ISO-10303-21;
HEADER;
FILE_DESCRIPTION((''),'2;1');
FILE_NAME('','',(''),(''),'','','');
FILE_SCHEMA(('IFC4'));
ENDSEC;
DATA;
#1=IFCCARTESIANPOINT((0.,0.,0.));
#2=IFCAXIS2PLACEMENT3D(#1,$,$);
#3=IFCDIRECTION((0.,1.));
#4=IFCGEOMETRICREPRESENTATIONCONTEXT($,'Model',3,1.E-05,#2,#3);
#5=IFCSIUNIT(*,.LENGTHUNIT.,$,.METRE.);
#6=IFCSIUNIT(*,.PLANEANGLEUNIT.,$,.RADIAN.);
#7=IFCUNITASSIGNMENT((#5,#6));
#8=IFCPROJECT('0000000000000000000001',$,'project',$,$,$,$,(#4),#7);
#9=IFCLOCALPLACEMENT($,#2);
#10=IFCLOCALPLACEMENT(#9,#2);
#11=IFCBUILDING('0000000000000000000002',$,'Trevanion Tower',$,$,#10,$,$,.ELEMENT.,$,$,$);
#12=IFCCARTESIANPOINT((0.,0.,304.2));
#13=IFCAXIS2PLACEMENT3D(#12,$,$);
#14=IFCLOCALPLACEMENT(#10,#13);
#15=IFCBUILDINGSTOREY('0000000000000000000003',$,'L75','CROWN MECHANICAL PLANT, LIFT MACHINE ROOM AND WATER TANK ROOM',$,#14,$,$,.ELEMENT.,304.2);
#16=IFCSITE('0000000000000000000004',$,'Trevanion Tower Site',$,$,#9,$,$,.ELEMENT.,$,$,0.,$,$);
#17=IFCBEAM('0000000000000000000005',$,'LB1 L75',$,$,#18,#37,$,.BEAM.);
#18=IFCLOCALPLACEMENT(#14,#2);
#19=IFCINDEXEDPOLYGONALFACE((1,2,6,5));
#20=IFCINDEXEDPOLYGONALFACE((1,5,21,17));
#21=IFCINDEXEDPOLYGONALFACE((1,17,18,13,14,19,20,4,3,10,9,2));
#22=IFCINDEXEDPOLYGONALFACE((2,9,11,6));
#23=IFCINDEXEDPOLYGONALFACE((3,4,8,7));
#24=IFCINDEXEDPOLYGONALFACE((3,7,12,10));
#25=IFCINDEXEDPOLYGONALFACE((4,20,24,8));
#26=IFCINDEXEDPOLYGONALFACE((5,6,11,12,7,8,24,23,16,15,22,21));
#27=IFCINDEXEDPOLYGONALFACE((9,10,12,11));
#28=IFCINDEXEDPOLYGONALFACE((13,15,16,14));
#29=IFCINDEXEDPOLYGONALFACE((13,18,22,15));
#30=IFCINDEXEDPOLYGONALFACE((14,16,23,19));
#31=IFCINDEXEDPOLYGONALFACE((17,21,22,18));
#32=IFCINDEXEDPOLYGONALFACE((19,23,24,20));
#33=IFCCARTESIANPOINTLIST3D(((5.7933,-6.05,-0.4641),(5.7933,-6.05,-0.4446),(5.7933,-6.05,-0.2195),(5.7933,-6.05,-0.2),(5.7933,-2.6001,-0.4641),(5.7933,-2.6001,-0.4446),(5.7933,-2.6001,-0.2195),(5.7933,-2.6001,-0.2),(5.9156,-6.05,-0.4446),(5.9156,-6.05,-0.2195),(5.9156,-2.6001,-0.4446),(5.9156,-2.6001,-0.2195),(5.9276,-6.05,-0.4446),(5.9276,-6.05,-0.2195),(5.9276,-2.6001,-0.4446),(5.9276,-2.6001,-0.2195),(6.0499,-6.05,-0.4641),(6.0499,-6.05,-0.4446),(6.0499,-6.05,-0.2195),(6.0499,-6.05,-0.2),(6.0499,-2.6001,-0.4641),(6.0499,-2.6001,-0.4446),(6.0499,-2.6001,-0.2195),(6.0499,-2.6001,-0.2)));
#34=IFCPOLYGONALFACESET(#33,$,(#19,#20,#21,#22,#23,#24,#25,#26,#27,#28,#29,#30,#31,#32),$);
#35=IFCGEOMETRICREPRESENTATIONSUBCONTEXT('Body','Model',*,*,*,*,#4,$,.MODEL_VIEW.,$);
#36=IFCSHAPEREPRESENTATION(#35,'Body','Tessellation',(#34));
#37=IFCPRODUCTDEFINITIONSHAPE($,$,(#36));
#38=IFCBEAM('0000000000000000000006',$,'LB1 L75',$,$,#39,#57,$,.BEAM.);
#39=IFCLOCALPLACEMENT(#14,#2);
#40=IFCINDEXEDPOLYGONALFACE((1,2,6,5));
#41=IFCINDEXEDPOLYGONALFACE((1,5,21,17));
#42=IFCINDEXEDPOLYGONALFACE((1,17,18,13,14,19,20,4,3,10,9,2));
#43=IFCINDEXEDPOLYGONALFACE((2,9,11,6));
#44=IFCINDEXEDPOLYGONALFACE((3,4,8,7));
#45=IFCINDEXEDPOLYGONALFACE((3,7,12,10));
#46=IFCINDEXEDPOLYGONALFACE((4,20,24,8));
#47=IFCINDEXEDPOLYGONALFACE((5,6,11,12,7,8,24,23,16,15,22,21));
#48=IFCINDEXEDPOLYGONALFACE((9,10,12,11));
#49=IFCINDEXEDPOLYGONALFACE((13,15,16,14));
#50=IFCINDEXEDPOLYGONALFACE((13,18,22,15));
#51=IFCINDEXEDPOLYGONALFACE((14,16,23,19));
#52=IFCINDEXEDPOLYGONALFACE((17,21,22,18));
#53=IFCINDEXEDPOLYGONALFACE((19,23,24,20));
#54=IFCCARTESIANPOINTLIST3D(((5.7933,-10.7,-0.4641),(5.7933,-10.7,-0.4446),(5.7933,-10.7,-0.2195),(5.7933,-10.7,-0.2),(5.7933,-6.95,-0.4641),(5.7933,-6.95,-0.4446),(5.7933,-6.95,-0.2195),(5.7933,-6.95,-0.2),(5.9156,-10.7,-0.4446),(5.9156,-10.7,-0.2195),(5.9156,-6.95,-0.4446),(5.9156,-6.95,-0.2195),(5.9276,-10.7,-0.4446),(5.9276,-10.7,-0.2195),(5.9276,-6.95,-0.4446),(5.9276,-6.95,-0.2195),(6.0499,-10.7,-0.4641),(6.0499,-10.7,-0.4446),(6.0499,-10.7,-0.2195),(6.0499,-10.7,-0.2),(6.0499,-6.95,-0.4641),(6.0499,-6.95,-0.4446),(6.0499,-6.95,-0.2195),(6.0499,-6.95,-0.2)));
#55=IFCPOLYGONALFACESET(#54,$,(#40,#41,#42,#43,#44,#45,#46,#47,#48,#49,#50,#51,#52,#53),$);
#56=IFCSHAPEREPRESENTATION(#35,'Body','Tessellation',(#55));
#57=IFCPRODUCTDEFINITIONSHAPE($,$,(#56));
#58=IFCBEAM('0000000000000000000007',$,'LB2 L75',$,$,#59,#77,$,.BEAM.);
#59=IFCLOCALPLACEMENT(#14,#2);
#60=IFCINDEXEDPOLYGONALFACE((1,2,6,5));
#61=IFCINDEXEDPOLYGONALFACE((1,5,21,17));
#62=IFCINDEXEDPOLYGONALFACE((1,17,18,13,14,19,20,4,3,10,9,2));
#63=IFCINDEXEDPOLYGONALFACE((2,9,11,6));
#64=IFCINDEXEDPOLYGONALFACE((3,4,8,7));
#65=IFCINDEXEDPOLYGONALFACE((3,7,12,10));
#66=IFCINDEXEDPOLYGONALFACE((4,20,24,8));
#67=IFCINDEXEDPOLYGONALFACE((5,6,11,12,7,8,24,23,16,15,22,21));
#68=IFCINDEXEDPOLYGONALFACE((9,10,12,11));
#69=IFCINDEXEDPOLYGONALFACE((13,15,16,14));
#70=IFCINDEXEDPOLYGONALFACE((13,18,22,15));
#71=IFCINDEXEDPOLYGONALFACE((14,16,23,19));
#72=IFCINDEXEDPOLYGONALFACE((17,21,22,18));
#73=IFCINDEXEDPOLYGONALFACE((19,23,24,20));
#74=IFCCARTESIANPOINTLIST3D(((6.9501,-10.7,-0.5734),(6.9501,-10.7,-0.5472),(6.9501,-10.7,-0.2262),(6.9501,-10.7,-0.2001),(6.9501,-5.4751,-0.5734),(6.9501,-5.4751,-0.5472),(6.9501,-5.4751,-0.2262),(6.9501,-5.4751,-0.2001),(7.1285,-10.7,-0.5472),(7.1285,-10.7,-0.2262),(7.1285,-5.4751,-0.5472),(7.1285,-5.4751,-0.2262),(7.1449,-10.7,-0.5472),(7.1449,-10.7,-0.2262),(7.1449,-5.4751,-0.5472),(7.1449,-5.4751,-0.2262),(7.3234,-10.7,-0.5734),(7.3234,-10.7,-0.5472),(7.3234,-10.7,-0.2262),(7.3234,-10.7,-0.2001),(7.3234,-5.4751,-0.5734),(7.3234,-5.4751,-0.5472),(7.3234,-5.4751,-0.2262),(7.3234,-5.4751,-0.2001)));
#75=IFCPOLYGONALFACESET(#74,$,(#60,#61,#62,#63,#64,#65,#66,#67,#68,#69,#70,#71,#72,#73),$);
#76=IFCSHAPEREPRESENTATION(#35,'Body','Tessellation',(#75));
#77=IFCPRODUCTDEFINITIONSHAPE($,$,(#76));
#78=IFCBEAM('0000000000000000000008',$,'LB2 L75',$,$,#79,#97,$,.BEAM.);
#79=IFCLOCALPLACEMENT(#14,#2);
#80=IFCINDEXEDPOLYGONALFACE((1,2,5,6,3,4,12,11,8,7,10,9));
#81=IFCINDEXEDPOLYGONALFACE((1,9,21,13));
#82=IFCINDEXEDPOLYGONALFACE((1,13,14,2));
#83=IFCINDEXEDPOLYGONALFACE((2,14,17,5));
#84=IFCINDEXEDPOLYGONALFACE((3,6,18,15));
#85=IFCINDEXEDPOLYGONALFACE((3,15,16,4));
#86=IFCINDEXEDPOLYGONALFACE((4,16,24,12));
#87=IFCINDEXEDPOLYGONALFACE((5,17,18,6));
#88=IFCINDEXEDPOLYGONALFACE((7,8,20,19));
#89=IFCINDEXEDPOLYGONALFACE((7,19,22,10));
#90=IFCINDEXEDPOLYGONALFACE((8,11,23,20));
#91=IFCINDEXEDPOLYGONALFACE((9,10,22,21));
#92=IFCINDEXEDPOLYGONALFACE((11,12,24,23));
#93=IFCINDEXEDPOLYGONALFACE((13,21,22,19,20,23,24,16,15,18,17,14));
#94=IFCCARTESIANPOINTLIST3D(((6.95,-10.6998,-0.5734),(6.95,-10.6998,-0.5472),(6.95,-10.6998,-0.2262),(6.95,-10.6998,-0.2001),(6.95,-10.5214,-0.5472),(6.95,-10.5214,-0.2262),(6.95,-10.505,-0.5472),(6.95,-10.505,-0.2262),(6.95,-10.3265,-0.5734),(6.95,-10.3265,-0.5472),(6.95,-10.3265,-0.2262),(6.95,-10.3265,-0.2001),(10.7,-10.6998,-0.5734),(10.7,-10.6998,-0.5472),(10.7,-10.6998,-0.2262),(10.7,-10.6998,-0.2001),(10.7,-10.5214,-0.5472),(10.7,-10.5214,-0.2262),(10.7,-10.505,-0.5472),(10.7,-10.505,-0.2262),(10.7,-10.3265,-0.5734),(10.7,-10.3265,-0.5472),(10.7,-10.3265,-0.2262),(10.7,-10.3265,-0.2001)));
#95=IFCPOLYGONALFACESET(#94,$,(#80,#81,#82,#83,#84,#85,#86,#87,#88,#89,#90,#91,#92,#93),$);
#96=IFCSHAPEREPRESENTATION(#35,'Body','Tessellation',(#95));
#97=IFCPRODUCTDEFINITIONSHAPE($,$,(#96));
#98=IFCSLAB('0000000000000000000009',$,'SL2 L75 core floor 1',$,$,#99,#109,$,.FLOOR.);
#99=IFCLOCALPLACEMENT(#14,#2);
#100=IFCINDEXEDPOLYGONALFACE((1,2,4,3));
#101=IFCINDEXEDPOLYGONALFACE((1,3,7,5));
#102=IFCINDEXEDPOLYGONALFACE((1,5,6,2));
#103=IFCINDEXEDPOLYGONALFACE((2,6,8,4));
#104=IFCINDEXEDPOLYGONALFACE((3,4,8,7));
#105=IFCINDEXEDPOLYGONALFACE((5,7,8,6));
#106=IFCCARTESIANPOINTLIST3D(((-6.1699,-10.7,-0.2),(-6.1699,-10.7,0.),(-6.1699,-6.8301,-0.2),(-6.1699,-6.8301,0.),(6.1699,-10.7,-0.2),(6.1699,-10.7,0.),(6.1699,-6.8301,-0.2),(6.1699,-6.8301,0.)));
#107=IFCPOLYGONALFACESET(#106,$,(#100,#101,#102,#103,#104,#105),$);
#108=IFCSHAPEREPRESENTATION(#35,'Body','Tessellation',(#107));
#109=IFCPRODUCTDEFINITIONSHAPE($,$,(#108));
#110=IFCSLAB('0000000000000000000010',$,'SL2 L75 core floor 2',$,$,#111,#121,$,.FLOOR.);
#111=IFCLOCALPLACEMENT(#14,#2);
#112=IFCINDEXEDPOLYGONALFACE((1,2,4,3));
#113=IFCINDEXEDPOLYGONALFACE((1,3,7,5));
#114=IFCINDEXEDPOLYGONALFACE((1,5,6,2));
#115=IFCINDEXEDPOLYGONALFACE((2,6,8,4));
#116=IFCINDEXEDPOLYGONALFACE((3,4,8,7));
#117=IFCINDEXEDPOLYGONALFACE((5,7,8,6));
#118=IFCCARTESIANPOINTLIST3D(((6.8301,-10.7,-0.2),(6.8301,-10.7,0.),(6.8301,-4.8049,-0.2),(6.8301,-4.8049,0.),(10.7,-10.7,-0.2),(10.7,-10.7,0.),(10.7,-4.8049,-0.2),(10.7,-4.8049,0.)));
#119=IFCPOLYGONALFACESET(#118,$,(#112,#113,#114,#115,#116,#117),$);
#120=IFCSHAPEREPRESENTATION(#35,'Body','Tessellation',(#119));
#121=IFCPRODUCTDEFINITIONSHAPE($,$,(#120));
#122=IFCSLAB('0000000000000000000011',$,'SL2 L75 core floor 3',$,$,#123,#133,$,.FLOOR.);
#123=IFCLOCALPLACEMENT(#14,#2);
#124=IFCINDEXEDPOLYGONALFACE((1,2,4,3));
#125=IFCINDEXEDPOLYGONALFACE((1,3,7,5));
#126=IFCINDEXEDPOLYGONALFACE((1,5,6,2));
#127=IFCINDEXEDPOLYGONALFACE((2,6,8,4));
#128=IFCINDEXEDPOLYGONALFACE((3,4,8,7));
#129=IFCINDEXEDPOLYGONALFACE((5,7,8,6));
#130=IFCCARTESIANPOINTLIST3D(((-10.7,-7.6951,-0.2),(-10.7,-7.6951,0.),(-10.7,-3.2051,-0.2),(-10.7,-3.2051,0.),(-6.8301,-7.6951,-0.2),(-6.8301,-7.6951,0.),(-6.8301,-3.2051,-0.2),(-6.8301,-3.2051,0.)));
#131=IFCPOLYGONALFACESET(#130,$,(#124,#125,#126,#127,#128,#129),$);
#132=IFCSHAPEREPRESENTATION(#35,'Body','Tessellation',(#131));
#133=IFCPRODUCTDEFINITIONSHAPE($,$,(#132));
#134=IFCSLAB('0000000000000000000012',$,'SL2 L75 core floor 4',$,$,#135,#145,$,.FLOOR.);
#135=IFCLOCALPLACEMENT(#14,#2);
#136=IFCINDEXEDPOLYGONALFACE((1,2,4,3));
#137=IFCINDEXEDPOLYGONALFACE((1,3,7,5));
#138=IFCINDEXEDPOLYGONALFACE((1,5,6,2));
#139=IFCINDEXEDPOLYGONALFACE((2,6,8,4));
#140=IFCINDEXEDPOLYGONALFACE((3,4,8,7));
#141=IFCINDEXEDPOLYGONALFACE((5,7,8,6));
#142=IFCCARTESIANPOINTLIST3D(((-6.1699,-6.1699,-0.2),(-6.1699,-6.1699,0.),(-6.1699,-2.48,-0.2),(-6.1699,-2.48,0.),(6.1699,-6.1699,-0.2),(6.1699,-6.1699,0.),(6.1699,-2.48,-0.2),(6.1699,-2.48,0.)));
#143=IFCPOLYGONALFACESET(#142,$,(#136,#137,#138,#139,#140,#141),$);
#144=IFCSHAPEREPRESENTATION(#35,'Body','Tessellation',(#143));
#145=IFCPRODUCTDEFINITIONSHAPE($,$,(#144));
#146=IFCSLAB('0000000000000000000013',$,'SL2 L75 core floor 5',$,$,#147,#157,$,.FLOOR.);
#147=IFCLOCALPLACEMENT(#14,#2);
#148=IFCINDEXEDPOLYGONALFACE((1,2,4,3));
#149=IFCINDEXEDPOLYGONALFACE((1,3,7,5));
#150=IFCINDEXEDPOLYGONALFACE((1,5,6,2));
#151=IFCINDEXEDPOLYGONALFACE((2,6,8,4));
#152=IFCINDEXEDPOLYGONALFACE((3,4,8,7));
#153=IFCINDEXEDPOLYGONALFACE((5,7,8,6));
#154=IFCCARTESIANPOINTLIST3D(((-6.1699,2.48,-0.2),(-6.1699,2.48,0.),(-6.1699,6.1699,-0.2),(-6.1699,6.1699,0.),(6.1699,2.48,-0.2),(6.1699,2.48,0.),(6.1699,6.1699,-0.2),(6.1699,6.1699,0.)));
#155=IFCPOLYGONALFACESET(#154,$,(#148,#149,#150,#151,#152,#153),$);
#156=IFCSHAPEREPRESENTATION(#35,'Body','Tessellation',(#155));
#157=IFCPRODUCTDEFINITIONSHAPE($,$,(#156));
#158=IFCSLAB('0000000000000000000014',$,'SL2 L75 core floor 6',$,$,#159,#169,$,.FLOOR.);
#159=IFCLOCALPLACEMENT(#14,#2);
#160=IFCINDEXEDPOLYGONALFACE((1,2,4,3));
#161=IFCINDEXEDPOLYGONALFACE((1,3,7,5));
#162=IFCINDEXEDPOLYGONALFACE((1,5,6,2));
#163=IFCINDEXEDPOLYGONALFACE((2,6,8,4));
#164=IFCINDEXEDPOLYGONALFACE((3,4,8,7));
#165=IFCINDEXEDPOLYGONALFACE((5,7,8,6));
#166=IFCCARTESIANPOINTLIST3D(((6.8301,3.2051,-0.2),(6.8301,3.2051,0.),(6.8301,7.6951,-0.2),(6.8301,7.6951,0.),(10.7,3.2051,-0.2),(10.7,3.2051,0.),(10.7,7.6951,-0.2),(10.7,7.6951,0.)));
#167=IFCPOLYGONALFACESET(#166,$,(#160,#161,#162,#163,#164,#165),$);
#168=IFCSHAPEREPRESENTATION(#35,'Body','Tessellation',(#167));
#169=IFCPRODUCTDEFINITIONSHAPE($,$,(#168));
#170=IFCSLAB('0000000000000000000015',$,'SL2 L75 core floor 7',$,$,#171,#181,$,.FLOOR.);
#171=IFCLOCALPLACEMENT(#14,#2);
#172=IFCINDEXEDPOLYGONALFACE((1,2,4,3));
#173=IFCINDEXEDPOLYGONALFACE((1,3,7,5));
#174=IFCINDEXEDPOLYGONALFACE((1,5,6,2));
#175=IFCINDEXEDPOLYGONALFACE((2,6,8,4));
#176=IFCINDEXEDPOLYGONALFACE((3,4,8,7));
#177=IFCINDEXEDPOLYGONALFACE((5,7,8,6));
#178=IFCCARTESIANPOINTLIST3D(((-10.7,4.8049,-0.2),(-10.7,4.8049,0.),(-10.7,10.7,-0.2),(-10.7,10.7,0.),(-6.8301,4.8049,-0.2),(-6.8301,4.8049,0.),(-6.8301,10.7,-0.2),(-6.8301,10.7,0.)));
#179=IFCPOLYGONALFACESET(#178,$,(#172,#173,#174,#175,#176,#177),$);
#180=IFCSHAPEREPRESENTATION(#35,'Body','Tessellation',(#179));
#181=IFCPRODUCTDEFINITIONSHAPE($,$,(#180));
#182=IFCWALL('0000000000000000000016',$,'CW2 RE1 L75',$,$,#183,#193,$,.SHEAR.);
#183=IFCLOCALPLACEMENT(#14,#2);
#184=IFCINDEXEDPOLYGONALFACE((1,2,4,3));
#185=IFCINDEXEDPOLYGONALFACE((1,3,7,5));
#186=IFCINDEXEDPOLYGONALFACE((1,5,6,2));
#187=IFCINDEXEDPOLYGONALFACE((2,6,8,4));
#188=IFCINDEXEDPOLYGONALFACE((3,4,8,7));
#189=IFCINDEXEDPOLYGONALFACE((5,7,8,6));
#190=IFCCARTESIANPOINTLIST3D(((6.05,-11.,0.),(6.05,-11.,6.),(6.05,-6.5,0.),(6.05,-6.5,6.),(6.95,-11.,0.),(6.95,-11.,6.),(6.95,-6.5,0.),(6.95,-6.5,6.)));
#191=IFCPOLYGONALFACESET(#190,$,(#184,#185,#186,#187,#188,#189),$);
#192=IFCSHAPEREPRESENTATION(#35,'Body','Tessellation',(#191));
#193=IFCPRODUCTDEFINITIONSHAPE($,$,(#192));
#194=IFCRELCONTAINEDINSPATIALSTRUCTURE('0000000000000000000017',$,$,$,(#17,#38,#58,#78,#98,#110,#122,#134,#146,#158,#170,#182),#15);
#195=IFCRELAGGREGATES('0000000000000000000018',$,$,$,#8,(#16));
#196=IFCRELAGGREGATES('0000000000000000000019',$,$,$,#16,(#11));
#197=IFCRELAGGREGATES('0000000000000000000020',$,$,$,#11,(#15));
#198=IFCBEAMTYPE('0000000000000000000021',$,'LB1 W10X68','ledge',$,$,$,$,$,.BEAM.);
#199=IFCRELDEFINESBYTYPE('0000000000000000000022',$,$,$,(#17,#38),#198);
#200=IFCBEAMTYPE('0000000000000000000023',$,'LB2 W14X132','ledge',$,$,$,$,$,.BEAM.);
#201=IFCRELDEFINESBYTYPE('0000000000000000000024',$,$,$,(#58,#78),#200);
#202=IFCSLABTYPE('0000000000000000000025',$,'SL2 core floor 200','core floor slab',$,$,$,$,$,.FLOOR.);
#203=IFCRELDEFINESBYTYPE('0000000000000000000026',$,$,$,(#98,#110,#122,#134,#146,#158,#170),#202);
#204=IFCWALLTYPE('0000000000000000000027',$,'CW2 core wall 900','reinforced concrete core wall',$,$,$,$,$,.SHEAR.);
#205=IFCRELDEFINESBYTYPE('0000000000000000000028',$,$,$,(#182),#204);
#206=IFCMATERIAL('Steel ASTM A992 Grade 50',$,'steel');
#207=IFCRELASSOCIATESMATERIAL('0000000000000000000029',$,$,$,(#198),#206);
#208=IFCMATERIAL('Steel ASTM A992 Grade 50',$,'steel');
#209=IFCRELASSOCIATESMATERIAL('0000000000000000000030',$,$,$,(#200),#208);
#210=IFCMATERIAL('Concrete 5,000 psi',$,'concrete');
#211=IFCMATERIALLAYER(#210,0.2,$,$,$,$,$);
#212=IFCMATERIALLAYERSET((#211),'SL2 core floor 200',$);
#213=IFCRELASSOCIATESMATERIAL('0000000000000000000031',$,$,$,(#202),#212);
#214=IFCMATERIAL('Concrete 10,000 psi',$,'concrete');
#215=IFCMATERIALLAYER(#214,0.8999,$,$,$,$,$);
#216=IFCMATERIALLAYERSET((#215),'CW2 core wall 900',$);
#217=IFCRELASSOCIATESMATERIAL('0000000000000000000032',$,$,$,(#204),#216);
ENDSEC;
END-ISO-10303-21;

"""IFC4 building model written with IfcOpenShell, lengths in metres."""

from ifc_helpers import new_model, si_unit, direction, frame, frame_2d, origin, origin_2d, place, context, subcontext, project, spatial, polyline, rectangle, i_section, outline, extrude, material, layer, layer_set, material_profile, profile_set, type_object, element, save


model = new_model("IFC4")

# Units and contexts
model_context = context("Model", 3, precision=1e-05, world=origin(), true_north=direction((0.0, 1.0)))
body_context = subcontext(model_context, "Body", "Model", "MODEL_VIEW")
ifc_project = project(units=[si_unit("LENGTHUNIT", "METRE"), si_unit("PLANEANGLEUNIT", "RADIAN")], contexts=[model_context])

# Site, building, storey
site_placement = place(None, origin())
site = spatial("IfcSite", under=ifc_project, at=site_placement, Name="Trevanion Tower Site", CompositionType="ELEMENT", RefElevation=0.0)
building_placement = place(site_placement, origin())
building = spatial("IfcBuilding", under=site, at=building_placement, Name="Trevanion Tower", CompositionType="ELEMENT")
storey_placement = place(building_placement, frame((0.0, 0.0, 304.2)))
storey = spatial("IfcBuildingStorey", under=building, at=storey_placement, Name="L75", Description="CROWN MECHANICAL PLANT, LIFT MACHINE ROOM AND WATER TANK ROOM", CompositionType="ELEMENT", Elevation=304.2)

# Beams
ifc_material_1 = material(Name="Steel ASTM A992 Grade 50", Category="steel")
ifc_material_profile_1 = material_profile(ifc_material_1, i_section(OverallWidth=0.2566, OverallDepth=0.2642, WebThickness=0.012, FlangeThickness=0.0195, at=origin_2d()), Name="W10X68")
ifc_profile_set_1 = profile_set([ifc_material_profile_1], Name="Steel ASTM A992 Grade 50")
beam_type_1 = type_object("IfcBeamType", Name="LB1 W10X68", Description="ledge", PredefinedType="BEAM", material=ifc_profile_set_1)
beam_1_placement = place(storey_placement, frame((5.9216, -6.05, -0.332), z_axis=(0.0, 1.0, 0.0), x_axis=(-1.0, 0.0, 0.0)))
element("IfcBeam", 1, at=beam_1_placement, inside=storey, type_object=beam_type_1, Name="LB1 L75", PredefinedType="BEAM", context=body_context, shape_type="SweptSolid", body=[
    extrude(i_section(OverallWidth=0.2566, OverallDepth=0.2642, WebThickness=0.012, FlangeThickness=0.0195, at=origin_2d()), origin(), (0.0, 0.0, 1.0), 3.45),
])
beam_2_placement = place(storey_placement, frame((5.9216, -10.7, -0.332), z_axis=(0.0, 1.0, 0.0), x_axis=(-1.0, 0.0, 0.0)))
element("IfcBeam", 2, at=beam_2_placement, inside=storey, type_object=beam_type_1, Name="LB1 L75", PredefinedType="BEAM", context=body_context, shape_type="SweptSolid", body=[
    extrude(i_section(OverallWidth=0.2566, OverallDepth=0.2642, WebThickness=0.012, FlangeThickness=0.0195, at=origin_2d()), origin(), (0.0, 0.0, 1.0), 3.75),
])
ifc_material_2 = material(Name="Steel ASTM A992 Grade 50", Category="steel")
ifc_material_profile_2 = material_profile(ifc_material_2, i_section(OverallWidth=0.3733, OverallDepth=0.3733, WebThickness=0.0164, FlangeThickness=0.0261, at=origin_2d()), Name="W14X132")
ifc_profile_set_2 = profile_set([ifc_material_profile_2], Name="Steel ASTM A992 Grade 50")
beam_type_2 = type_object("IfcBeamType", Name="LB2 W14X132", Description="ledge", PredefinedType="BEAM", material=ifc_profile_set_2)
beam_3_placement = place(storey_placement, frame((7.1367, -10.7, -0.3867), z_axis=(0.0, 1.0, 0.0), x_axis=(-1.0, 0.0, 0.0)))
element("IfcBeam", 3, at=beam_3_placement, inside=storey, type_object=beam_type_2, Name="LB2 L75", PredefinedType="BEAM", context=body_context, shape_type="SweptSolid", body=[
    extrude(i_section(OverallWidth=0.3733, OverallDepth=0.3733, WebThickness=0.0164, FlangeThickness=0.0261, at=origin_2d()), origin(), (0.0, 0.0, 1.0), 5.2249),
])
beam_4_placement = place(storey_placement, frame((6.95, -10.5132, -0.3867), z_axis=(1.0, 0.0, 0.0), x_axis=(0.0, 1.0, 0.0)))
element("IfcBeam", 4, at=beam_4_placement, inside=storey, type_object=beam_type_2, Name="LB2 L75", PredefinedType="BEAM", context=body_context, shape_type="SweptSolid", body=[
    extrude(i_section(OverallWidth=0.3733, OverallDepth=0.3733, WebThickness=0.0164, FlangeThickness=0.0261, at=origin_2d()), origin(), (0.0, 0.0, 1.0), 3.75),
])

# Slabs
ifc_material_3 = material(Name="Concrete 5,000 psi", Category="concrete")
ifc_layer_1 = layer(ifc_material_3, 0.2)
ifc_layer_set_1 = layer_set([ifc_layer_1], Name="SL2 core floor 200")
slab_type = type_object("IfcSlabType", Name="SL2 core floor 200", Description="core floor slab", PredefinedType="FLOOR", material=ifc_layer_set_1)
slab_1_placement = place(storey_placement, frame((0.0, 0.0, -0.2)))
element("IfcSlab", 5, at=slab_1_placement, inside=storey, type_object=slab_type, Name="SL2 L75 core floor 1", PredefinedType="FLOOR", context=body_context, shape_type="SweptSolid", body=[
    extrude(outline(polyline([(6.1699, -10.7), (-6.1699, -10.7), (-6.1699, -6.8301), (6.1699, -6.8301), (6.1699, -10.7)])), origin(), (0.0, 0.0, 1.0), 0.2),
])
slab_2_placement = place(storey_placement, frame((0.0, 0.0, -0.2)))
element("IfcSlab", 6, at=slab_2_placement, inside=storey, type_object=slab_type, Name="SL2 L75 core floor 2", PredefinedType="FLOOR", context=body_context, shape_type="SweptSolid", body=[
    extrude(outline(polyline([(6.8301, -4.8049), (10.7, -4.8049), (10.7, -10.7), (6.8301, -10.7), (6.8301, -4.8049)])), origin(), (0.0, 0.0, 1.0), 0.2),
])
slab_3_placement = place(storey_placement, frame((0.0, 0.0, -0.2)))
element("IfcSlab", 7, at=slab_3_placement, inside=storey, type_object=slab_type, Name="SL2 L75 core floor 3", PredefinedType="FLOOR", context=body_context, shape_type="SweptSolid", body=[
    extrude(outline(polyline([(-6.8301, -3.2051), (-6.8301, -7.6951), (-10.7, -7.6951), (-10.7, -3.2051), (-6.8301, -3.2051)])), origin(), (0.0, 0.0, 1.0), 0.2),
])
slab_4_placement = place(storey_placement, frame((0.0, 0.0, -0.2)))
element("IfcSlab", 8, at=slab_4_placement, inside=storey, type_object=slab_type, Name="SL2 L75 core floor 4", PredefinedType="FLOOR", context=body_context, shape_type="SweptSolid", body=[
    extrude(outline(polyline([(6.1699, -6.1699), (-6.1699, -6.1699), (-6.1699, -2.48), (6.1699, -2.48), (6.1699, -6.1699)])), origin(), (0.0, 0.0, 1.0), 0.2),
])
slab_5_placement = place(storey_placement, frame((0.0, 0.0, -0.2)))
element("IfcSlab", 9, at=slab_5_placement, inside=storey, type_object=slab_type, Name="SL2 L75 core floor 5", PredefinedType="FLOOR", context=body_context, shape_type="SweptSolid", body=[
    extrude(outline(polyline([(6.1699, 2.48), (-6.1699, 2.48), (-6.1699, 6.1699), (6.1699, 6.1699), (6.1699, 2.48)])), origin(), (0.0, 0.0, 1.0), 0.2),
])
slab_6_placement = place(storey_placement, frame((0.0, 0.0, -0.2)))
element("IfcSlab", 10, at=slab_6_placement, inside=storey, type_object=slab_type, Name="SL2 L75 core floor 6", PredefinedType="FLOOR", context=body_context, shape_type="SweptSolid", body=[
    extrude(outline(polyline([(6.8301, 3.2051), (6.8301, 7.6951), (10.7, 7.6951), (10.7, 3.2051), (6.8301, 3.2051)])), origin(), (0.0, 0.0, 1.0), 0.2),
])
slab_7_placement = place(storey_placement, frame((0.0, 0.0, -0.2)))
element("IfcSlab", 11, at=slab_7_placement, inside=storey, type_object=slab_type, Name="SL2 L75 core floor 7", PredefinedType="FLOOR", context=body_context, shape_type="SweptSolid", body=[
    extrude(outline(polyline([(-6.8301, 4.8049), (-10.7, 4.8049), (-10.7, 10.7), (-6.8301, 10.7), (-6.8301, 4.8049)])), origin(), (0.0, 0.0, 1.0), 0.2),
])

# Wall
ifc_material_4 = material(Name="Concrete 10,000 psi", Category="concrete")
ifc_layer_2 = layer(ifc_material_4, 0.8999)
ifc_layer_set_2 = layer_set([ifc_layer_2], Name="CW2 core wall 900")
wall_type_1 = type_object("IfcWallType", Name="CW2 core wall 900", Description="reinforced concrete core wall", PredefinedType="SHEAR", material=ifc_layer_set_2)
wall_1_placement = place(storey_placement, frame((6.5, -11.0, 0.0), z_axis=(0.0, 0.0, 1.0), x_axis=(0.0, 1.0, 0.0)))
element("IfcWall", 12, at=wall_1_placement, inside=storey, type_object=wall_type_1, Name="CW2 RE1 L75", PredefinedType="SHEAR", context=body_context, shape_type="SweptSolid", body=[
    extrude(rectangle(XDim=4.5, YDim=0.8999, at=frame_2d((2.25, 0.0))), origin(), (0.0, 0.0, 1.0), 6.0),
])

save(model, "model.ifc")
